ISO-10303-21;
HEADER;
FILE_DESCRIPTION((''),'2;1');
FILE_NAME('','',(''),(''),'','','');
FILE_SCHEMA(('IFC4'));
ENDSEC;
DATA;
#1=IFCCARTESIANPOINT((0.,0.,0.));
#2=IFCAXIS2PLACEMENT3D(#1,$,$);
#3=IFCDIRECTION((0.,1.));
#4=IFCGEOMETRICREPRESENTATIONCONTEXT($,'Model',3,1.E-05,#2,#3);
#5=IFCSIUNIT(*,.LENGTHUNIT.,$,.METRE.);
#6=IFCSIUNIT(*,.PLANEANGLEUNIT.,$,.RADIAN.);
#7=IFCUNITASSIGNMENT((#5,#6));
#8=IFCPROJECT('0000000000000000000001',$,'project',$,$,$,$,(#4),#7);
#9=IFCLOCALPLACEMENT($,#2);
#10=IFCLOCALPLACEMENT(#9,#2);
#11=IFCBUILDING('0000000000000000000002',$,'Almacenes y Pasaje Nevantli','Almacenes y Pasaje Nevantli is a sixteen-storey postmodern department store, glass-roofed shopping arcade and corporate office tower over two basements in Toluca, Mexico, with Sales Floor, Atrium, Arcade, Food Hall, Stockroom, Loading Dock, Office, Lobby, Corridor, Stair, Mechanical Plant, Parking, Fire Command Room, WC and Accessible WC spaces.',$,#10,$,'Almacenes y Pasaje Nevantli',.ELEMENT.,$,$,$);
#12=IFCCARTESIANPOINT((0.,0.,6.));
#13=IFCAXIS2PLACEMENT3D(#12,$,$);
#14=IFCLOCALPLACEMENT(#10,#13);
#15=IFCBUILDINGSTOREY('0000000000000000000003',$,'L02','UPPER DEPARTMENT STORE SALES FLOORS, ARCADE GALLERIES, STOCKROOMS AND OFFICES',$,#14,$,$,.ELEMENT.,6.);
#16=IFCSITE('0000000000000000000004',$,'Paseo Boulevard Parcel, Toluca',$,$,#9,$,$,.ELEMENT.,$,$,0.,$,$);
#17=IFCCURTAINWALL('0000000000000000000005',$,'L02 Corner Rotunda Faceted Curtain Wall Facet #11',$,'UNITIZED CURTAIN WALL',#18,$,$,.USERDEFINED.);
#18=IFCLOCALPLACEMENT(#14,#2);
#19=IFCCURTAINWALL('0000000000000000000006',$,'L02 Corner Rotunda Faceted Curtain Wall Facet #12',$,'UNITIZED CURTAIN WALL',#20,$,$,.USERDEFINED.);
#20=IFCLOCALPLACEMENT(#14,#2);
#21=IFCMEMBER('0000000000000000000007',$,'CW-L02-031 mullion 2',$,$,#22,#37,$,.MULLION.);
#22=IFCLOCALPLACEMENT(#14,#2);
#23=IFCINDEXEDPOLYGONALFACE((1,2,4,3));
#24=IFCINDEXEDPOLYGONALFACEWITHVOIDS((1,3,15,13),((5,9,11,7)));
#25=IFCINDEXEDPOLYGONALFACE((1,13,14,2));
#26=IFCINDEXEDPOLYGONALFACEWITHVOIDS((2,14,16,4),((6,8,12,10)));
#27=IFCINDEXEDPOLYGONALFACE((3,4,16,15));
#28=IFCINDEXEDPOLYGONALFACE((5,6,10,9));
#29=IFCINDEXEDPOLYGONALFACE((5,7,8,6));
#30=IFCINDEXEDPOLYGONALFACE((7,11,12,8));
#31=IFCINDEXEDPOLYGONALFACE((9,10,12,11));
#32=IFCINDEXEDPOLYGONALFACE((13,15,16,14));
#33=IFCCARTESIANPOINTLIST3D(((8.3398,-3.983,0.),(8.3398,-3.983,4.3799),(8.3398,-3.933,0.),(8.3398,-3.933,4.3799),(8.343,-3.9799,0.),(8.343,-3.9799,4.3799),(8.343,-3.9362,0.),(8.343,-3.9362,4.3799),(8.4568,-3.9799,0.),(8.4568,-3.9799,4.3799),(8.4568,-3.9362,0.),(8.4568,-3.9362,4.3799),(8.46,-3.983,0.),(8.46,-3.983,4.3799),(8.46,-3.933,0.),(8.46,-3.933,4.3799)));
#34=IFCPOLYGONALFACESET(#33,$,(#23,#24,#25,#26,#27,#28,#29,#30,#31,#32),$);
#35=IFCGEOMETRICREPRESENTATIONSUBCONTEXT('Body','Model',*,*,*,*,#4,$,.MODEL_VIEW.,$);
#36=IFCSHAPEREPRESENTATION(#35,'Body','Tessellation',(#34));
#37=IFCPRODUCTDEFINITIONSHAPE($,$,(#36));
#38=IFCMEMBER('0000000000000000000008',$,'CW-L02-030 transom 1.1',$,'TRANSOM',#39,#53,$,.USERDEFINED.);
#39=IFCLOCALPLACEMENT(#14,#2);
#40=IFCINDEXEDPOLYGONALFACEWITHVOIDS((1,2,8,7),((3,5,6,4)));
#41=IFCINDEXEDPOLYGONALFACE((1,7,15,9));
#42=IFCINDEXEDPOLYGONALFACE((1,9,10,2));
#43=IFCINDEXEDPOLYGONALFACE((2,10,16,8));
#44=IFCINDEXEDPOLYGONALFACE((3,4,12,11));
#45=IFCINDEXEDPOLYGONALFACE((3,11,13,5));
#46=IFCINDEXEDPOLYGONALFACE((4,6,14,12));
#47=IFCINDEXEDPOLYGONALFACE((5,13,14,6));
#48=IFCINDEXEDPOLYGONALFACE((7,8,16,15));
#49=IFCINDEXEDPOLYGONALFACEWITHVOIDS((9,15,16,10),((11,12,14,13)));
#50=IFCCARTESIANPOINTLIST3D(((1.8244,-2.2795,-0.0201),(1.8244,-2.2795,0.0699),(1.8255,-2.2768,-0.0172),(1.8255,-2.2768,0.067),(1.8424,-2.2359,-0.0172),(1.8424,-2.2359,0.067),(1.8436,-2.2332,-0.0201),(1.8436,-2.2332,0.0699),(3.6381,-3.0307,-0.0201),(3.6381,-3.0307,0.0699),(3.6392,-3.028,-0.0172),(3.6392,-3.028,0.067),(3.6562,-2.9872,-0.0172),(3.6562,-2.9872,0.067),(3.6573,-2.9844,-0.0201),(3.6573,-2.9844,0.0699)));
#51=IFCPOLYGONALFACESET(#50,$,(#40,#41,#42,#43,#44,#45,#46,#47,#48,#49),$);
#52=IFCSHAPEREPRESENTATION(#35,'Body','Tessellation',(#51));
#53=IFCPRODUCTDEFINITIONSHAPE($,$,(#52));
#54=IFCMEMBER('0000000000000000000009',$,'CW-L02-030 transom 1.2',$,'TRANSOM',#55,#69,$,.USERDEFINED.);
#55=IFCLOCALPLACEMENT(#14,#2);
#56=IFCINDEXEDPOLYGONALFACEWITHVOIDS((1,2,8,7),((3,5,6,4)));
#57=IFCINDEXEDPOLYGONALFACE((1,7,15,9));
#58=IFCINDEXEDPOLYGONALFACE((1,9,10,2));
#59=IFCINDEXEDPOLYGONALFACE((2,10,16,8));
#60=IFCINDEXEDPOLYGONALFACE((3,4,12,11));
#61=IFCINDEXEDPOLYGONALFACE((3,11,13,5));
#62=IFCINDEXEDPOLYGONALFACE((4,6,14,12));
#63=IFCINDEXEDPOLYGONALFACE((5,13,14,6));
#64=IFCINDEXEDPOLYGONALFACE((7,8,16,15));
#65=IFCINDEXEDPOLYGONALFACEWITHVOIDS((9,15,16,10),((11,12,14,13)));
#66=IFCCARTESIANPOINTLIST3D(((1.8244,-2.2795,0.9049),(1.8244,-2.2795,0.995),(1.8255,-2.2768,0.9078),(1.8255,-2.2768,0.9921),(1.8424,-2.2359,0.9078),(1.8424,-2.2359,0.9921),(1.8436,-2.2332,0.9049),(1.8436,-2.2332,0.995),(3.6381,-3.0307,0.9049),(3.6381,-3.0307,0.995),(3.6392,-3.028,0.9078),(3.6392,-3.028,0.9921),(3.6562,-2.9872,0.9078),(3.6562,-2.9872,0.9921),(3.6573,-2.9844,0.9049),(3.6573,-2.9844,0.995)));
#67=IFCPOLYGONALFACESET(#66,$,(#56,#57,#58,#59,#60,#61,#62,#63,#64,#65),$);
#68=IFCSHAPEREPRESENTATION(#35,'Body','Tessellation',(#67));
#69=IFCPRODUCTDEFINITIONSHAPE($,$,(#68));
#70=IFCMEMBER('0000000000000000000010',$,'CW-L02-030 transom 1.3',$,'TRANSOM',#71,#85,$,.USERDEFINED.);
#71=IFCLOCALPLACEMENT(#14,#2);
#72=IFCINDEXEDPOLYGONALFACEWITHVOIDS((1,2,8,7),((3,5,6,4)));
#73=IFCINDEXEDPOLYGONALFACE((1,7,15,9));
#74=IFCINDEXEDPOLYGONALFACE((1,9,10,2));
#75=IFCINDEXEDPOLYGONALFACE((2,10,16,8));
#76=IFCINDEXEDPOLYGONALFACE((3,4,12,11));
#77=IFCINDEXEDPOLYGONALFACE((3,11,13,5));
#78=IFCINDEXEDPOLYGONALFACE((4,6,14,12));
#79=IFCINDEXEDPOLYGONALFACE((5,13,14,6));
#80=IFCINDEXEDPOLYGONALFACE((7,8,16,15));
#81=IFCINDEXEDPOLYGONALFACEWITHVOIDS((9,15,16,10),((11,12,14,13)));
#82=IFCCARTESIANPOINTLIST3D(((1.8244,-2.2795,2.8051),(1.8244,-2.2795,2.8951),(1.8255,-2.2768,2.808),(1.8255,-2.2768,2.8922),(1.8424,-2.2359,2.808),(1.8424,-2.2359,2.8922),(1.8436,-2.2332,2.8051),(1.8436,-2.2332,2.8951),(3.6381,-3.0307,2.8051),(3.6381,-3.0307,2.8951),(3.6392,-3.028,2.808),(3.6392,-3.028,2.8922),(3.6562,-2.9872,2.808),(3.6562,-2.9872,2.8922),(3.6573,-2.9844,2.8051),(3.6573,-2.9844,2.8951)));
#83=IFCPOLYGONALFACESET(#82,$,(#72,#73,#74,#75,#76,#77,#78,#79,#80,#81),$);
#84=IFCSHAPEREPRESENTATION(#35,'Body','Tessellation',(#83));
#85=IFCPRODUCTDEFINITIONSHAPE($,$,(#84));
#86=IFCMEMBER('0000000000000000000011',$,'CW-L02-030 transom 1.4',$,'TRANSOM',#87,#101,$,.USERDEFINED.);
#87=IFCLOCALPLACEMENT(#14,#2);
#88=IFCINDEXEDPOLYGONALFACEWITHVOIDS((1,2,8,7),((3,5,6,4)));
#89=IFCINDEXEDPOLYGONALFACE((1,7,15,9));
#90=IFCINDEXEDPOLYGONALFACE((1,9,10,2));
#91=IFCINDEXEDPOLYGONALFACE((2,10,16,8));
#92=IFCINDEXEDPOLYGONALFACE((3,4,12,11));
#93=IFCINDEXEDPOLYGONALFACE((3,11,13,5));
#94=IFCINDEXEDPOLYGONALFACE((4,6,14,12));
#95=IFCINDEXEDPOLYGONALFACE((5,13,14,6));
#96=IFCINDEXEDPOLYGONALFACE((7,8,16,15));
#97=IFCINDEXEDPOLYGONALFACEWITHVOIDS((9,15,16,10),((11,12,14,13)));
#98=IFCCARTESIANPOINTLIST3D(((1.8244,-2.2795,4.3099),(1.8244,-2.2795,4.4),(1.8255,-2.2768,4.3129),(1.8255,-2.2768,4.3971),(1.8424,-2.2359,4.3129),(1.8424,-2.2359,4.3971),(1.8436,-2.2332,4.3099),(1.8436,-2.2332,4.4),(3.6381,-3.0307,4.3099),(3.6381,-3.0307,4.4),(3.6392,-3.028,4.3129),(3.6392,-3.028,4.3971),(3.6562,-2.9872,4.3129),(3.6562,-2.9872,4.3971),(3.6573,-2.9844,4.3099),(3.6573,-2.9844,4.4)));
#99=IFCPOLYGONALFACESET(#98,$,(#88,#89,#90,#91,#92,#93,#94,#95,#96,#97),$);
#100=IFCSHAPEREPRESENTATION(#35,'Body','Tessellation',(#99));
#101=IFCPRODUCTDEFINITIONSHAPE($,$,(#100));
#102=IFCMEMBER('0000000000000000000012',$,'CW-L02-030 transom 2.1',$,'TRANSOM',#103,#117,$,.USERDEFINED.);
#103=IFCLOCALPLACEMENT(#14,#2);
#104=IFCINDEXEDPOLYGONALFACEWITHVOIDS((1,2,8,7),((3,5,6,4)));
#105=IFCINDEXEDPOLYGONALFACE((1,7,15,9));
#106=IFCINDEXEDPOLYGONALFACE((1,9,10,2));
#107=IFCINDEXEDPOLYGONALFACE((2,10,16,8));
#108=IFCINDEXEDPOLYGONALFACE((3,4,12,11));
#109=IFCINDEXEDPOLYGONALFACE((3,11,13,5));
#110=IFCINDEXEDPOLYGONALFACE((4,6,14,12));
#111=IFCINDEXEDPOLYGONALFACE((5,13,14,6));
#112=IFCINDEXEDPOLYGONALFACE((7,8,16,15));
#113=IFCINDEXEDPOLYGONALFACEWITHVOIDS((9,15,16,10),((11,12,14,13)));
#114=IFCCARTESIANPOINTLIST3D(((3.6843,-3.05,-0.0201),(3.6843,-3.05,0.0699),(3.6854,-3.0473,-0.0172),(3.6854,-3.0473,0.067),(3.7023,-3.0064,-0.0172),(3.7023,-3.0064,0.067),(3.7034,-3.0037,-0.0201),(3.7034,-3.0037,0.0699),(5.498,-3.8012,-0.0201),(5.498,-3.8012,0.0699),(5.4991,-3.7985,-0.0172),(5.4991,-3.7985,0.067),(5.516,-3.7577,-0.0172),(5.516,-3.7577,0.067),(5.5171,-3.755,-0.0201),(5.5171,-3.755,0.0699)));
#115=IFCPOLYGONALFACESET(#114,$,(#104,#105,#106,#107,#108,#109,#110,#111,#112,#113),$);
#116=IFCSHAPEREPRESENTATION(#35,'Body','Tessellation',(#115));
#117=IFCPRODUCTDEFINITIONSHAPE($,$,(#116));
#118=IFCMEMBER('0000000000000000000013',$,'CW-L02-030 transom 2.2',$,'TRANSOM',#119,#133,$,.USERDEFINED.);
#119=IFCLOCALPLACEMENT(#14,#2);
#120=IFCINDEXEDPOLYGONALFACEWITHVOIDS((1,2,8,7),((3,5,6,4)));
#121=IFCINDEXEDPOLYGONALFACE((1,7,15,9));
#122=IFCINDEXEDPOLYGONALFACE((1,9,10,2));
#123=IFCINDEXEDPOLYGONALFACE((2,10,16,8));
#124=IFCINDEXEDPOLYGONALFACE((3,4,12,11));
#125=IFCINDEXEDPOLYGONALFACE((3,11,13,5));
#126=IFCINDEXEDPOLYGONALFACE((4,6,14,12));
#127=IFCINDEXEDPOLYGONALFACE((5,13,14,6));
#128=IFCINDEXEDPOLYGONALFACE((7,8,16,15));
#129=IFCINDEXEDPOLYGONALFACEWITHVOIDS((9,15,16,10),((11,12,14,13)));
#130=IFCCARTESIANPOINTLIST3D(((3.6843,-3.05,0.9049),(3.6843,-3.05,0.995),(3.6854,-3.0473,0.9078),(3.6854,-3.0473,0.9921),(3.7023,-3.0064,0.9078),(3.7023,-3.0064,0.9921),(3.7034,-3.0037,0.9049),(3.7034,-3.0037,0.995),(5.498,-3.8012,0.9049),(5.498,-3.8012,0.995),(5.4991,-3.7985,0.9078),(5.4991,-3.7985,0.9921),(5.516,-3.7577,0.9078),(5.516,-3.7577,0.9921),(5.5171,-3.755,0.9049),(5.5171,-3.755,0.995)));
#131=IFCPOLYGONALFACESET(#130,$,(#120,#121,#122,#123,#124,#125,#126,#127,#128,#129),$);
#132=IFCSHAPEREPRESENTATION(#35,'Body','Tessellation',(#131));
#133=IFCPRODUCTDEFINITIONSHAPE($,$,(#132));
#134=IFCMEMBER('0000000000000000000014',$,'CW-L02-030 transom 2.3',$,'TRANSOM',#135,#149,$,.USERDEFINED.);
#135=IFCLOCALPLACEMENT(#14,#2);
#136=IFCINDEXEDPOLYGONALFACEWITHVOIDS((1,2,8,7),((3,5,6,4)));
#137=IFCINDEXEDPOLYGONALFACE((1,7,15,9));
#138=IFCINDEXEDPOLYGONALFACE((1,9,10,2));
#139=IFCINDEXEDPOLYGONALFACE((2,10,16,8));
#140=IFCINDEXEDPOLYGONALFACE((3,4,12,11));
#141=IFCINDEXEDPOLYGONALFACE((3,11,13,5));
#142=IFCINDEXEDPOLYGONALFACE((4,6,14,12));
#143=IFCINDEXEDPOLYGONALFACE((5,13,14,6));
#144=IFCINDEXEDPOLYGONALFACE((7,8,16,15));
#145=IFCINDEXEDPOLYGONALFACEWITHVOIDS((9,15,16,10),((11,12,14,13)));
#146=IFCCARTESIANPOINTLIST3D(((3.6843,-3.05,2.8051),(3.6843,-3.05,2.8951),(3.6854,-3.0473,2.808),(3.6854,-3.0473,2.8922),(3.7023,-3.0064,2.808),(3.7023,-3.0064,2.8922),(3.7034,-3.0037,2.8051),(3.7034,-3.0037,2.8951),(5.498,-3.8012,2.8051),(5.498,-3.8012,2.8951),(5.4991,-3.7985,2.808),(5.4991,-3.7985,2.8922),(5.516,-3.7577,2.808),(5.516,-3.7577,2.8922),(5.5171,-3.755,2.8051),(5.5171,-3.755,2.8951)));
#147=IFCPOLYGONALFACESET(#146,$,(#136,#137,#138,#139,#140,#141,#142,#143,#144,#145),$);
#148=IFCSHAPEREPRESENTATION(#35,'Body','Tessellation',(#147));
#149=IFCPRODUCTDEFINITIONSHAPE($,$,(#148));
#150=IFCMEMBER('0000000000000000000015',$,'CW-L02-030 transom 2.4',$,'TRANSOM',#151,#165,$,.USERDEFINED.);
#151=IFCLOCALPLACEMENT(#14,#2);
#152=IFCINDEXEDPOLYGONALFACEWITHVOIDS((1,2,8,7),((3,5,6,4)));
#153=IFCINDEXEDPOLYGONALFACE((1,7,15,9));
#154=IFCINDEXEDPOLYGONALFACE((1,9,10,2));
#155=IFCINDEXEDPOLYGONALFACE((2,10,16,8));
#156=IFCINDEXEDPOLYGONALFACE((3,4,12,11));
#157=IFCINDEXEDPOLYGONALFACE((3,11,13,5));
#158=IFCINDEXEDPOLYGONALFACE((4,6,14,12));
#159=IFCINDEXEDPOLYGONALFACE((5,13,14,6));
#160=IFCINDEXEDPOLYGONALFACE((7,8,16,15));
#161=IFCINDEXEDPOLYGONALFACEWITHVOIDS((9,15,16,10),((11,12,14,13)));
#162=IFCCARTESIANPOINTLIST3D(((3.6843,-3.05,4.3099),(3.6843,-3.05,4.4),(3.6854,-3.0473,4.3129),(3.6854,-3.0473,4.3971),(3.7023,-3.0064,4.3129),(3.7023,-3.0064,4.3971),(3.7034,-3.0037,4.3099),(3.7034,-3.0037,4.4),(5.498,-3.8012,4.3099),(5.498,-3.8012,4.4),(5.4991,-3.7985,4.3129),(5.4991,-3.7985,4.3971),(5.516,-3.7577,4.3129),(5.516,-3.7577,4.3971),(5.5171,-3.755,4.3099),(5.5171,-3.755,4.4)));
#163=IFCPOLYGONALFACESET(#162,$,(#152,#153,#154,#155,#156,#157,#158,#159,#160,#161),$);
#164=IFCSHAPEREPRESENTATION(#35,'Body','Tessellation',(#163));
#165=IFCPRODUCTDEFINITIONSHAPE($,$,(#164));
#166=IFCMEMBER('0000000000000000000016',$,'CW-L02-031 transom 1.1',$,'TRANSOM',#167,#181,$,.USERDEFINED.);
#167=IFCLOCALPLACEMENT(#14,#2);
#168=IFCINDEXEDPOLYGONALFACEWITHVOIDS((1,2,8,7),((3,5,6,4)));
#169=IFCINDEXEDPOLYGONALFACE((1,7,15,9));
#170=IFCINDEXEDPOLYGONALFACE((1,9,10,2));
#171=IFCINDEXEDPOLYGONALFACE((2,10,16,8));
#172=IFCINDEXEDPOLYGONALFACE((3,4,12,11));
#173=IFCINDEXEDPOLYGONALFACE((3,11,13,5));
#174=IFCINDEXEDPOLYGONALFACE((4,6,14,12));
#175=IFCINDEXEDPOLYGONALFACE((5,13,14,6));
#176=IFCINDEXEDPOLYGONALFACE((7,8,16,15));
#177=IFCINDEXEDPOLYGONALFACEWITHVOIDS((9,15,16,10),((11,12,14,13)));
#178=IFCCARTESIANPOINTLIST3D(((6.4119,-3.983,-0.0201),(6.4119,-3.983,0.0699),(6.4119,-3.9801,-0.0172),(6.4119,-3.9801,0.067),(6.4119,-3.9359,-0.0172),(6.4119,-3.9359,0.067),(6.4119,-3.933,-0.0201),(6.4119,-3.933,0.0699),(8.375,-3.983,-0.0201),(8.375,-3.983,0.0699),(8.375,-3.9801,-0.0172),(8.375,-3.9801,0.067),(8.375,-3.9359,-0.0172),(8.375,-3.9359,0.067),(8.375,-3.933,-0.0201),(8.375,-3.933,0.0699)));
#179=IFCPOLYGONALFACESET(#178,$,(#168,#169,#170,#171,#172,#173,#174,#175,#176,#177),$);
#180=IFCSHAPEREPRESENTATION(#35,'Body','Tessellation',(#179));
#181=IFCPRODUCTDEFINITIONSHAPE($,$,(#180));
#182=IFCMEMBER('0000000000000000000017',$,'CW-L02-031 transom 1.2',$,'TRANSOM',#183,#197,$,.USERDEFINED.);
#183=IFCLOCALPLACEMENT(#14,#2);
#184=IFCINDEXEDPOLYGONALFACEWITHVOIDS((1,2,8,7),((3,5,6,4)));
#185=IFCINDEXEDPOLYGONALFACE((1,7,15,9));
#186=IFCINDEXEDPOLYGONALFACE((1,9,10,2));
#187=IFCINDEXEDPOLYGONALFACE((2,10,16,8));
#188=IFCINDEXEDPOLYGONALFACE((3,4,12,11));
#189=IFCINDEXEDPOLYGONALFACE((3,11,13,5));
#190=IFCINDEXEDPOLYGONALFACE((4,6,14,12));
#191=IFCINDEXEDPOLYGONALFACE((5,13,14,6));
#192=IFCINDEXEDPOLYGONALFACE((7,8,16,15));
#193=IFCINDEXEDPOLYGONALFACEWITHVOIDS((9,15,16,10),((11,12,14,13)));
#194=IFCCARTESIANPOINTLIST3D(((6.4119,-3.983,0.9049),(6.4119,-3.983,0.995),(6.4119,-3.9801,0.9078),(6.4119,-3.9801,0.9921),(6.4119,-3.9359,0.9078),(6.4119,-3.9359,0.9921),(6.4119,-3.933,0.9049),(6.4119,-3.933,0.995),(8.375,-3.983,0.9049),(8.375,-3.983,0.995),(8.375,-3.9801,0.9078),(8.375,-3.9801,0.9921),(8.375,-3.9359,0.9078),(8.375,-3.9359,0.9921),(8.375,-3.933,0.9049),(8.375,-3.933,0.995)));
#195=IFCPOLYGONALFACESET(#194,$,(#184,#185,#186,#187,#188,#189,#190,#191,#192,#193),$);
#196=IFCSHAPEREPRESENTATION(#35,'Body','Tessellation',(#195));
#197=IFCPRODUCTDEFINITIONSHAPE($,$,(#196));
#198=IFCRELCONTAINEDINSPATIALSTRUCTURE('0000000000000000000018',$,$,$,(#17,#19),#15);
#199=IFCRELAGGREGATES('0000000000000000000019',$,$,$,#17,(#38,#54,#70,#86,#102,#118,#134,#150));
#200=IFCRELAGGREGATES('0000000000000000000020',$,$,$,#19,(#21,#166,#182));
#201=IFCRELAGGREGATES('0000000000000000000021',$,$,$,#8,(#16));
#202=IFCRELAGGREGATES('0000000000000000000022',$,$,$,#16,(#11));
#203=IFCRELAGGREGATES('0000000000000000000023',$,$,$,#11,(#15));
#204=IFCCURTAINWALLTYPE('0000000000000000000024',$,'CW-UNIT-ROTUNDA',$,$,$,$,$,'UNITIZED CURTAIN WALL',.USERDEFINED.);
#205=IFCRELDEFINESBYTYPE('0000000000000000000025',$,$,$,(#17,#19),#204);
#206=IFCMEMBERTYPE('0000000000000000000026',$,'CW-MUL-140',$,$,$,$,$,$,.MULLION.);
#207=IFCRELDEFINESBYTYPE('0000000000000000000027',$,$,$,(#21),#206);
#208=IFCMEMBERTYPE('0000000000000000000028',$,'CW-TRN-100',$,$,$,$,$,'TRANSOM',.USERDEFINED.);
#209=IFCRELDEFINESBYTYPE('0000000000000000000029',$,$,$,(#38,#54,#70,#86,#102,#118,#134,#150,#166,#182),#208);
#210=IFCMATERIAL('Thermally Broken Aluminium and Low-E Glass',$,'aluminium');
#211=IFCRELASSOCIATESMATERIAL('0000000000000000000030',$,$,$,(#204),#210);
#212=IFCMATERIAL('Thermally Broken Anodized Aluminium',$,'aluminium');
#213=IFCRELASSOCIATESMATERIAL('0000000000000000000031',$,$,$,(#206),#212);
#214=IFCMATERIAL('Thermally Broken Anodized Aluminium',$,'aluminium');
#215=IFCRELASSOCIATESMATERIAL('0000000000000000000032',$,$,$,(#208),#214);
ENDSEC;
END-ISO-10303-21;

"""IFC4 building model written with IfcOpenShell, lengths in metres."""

from ifc_helpers import new_model, si_unit, direction, frame, origin, origin_2d, place, context, subcontext, project, spatial, hollow_rectangle, extrude, material, material_profile, profile_set, type_object, element, aggregate, save


model = new_model("IFC4")

# Units and contexts
model_context = context("Model", 3, precision=1e-05, world=origin(), true_north=direction((0.0, 1.0)))
body_context = subcontext(model_context, "Body", "Model", "MODEL_VIEW")
ifc_project = project(units=[si_unit("LENGTHUNIT", "METRE"), si_unit("PLANEANGLEUNIT", "RADIAN")], contexts=[model_context])

# Site, building, storey
site_placement = place(None, origin())
site = spatial("IfcSite", under=ifc_project, at=site_placement, Name="Paseo Boulevard Parcel, Toluca", CompositionType="ELEMENT", RefElevation=0.0)
building_placement = place(site_placement, origin())
building = spatial("IfcBuilding", under=site, at=building_placement, Name="Almacenes y Pasaje Nevantli", Description="Almacenes y Pasaje Nevantli is a sixteen-storey postmodern department store, glass-roofed shopping arcade and corporate office tower over two basements in Toluca, Mexico, with Sales Floor, Atrium, Arcade, Food Hall, Stockroom, Loading Dock, Office, Lobby, Corridor, Stair, Mechanical Plant, Parking, Fire Command Room, WC and Accessible WC spaces.", LongName="Almacenes y Pasaje Nevantli", CompositionType="ELEMENT")
storey_placement = place(building_placement, frame((0.0, 0.0, 6.0)))
storey = spatial("IfcBuildingStorey", under=building, at=storey_placement, Name="L02", Description="UPPER DEPARTMENT STORE SALES FLOORS, ARCADE GALLERIES, STOCKROOMS AND OFFICES", CompositionType="ELEMENT", Elevation=6.0)

# Shared definitions
ifc_material_1 = material(Name="Thermally Broken Aluminium and Low-E Glass", Category="aluminium")
curtain_wall_type = type_object("IfcCurtainWallType", Name="CW-UNIT-ROTUNDA", ElementType="UNITIZED CURTAIN WALL", PredefinedType="USERDEFINED", material=ifc_material_1)
ifc_material_2 = material(Name="Thermally Broken Anodized Aluminium", Category="aluminium")
ifc_material_profile_1 = material_profile(ifc_material_2, hollow_rectangle(XDim=0.05, YDim=0.1201, WallThickness=0.0032, at=origin_2d()), Name="ALU-MUL-50x120")
ifc_profile_set_1 = profile_set([ifc_material_profile_1], Name="Thermally Broken Anodized Aluminium")
member_type_1 = type_object("IfcMemberType", Name="CW-MUL-140", PredefinedType="MULLION", material=ifc_profile_set_1)

# Curtain walls, member
curtain_wall_1_placement = place(storey_placement, origin())
curtain_wall_1 = element("IfcCurtainWall", 1, at=curtain_wall_1_placement, inside=storey, type_object=curtain_wall_type, Name="L02 Corner Rotunda Faceted Curtain Wall Facet #11", ObjectType="UNITIZED CURTAIN WALL", PredefinedType="USERDEFINED")
curtain_wall_2_placement = place(storey_placement, origin())
curtain_wall_2 = element("IfcCurtainWall", 2, at=curtain_wall_2_placement, inside=storey, type_object=curtain_wall_type, Name="L02 Corner Rotunda Faceted Curtain Wall Facet #12", ObjectType="UNITIZED CURTAIN WALL", PredefinedType="USERDEFINED")
member_1_placement = place(storey_placement, frame((8.3999, -3.958, 0.0), z_axis=(0.0, 0.0, 1.0), x_axis=(0.0, 1.0, 0.0)))
member_1 = element("IfcMember", 3, at=member_1_placement, type_object=member_type_1, Name="CW-L02-031 mullion 2", PredefinedType="MULLION", context=body_context, shape_type="SweptSolid", body=[
    extrude(hollow_rectangle(XDim=0.05, YDim=0.1201, WallThickness=0.0032, at=origin_2d()), origin(), (0.0, 0.0, 1.0), 4.3799),
])

# Members
ifc_material_3 = material(Name="Thermally Broken Anodized Aluminium", Category="aluminium")
ifc_material_profile_2 = material_profile(ifc_material_3, hollow_rectangle(XDim=0.05, YDim=0.0901, WallThickness=0.0029, at=origin_2d()), Name="ALU-TRN-50x90")
ifc_profile_set_2 = profile_set([ifc_material_profile_2], Name="Thermally Broken Anodized Aluminium")
member_type_2 = type_object("IfcMemberType", Name="CW-TRN-100", ElementType="TRANSOM", PredefinedType="USERDEFINED", material=ifc_profile_set_2)
member_2_placement = place(storey_placement, frame((1.834, -2.2563, 0.0249), z_axis=(0.923888, -0.382663, 0.0), x_axis=(0.382663, 0.923888, 0.0)))
member_2 = element("IfcMember", 4, at=member_2_placement, type_object=member_type_2, Name="CW-L02-030 transom 1.1", ObjectType="TRANSOM", PredefinedType="USERDEFINED", context=body_context, shape_type="SweptSolid", body=[
    extrude(hollow_rectangle(XDim=0.05, YDim=0.0901, WallThickness=0.0029, at=origin_2d()), origin(), (0.0, 0.0, 1.0), 1.9631),
])
member_3_placement = place(storey_placement, frame((1.834, -2.2563, 0.95), z_axis=(0.923888, -0.382663, 0.0), x_axis=(0.382663, 0.923888, 0.0)))
member_3 = element("IfcMember", 5, at=member_3_placement, type_object=member_type_2, Name="CW-L02-030 transom 1.2", ObjectType="TRANSOM", PredefinedType="USERDEFINED", context=body_context, shape_type="SweptSolid", body=[
    extrude(hollow_rectangle(XDim=0.05, YDim=0.0901, WallThickness=0.0029, at=origin_2d()), origin(), (0.0, 0.0, 1.0), 1.9631),
])
member_4_placement = place(storey_placement, frame((1.834, -2.2563, 2.8501), z_axis=(0.923888, -0.382663, 0.0), x_axis=(0.382663, 0.923888, 0.0)))
member_4 = element("IfcMember", 6, at=member_4_placement, type_object=member_type_2, Name="CW-L02-030 transom 1.3", ObjectType="TRANSOM", PredefinedType="USERDEFINED", context=body_context, shape_type="SweptSolid", body=[
    extrude(hollow_rectangle(XDim=0.05, YDim=0.0901, WallThickness=0.0029, at=origin_2d()), origin(), (0.0, 0.0, 1.0), 1.9631),
])
member_5_placement = place(storey_placement, frame((1.834, -2.2563, 4.355), z_axis=(0.923888, -0.382663, 0.0), x_axis=(0.382663, 0.923888, 0.0)))
member_5 = element("IfcMember", 7, at=member_5_placement, type_object=member_type_2, Name="CW-L02-030 transom 1.4", ObjectType="TRANSOM", PredefinedType="USERDEFINED", context=body_context, shape_type="SweptSolid", body=[
    extrude(hollow_rectangle(XDim=0.05, YDim=0.0901, WallThickness=0.0029, at=origin_2d()), origin(), (0.0, 0.0, 1.0), 1.9631),
])
member_6_placement = place(storey_placement, frame((3.6938, -3.0269, 0.0249), z_axis=(0.923888, -0.382663, 0.0), x_axis=(0.382663, 0.923888, 0.0)))
member_6 = element("IfcMember", 8, at=member_6_placement, type_object=member_type_2, Name="CW-L02-030 transom 2.1", ObjectType="TRANSOM", PredefinedType="USERDEFINED", context=body_context, shape_type="SweptSolid", body=[
    extrude(hollow_rectangle(XDim=0.05, YDim=0.0901, WallThickness=0.0029, at=origin_2d()), origin(), (0.0, 0.0, 1.0), 1.9631),
])
member_7_placement = place(storey_placement, frame((3.6938, -3.0269, 0.95), z_axis=(0.923888, -0.382663, 0.0), x_axis=(0.382663, 0.923888, 0.0)))
member_7 = element("IfcMember", 9, at=member_7_placement, type_object=member_type_2, Name="CW-L02-030 transom 2.2", ObjectType="TRANSOM", PredefinedType="USERDEFINED", context=body_context, shape_type="SweptSolid", body=[
    extrude(hollow_rectangle(XDim=0.05, YDim=0.0901, WallThickness=0.0029, at=origin_2d()), origin(), (0.0, 0.0, 1.0), 1.9631),
])
member_8_placement = place(storey_placement, frame((3.6938, -3.0269, 2.8501), z_axis=(0.923888, -0.382663, 0.0), x_axis=(0.382663, 0.923888, 0.0)))
member_8 = element("IfcMember", 10, at=member_8_placement, type_object=member_type_2, Name="CW-L02-030 transom 2.3", ObjectType="TRANSOM", PredefinedType="USERDEFINED", context=body_context, shape_type="SweptSolid", body=[
    extrude(hollow_rectangle(XDim=0.05, YDim=0.0901, WallThickness=0.0029, at=origin_2d()), origin(), (0.0, 0.0, 1.0), 1.9631),
])
member_9_placement = place(storey_placement, frame((3.6938, -3.0269, 4.355), z_axis=(0.923888, -0.382663, 0.0), x_axis=(0.382663, 0.923888, 0.0)))
member_9 = element("IfcMember", 11, at=member_9_placement, type_object=member_type_2, Name="CW-L02-030 transom 2.4", ObjectType="TRANSOM", PredefinedType="USERDEFINED", context=body_context, shape_type="SweptSolid", body=[
    extrude(hollow_rectangle(XDim=0.05, YDim=0.0901, WallThickness=0.0029, at=origin_2d()), origin(), (0.0, 0.0, 1.0), 1.9631),
])
member_10_placement = place(storey_placement, frame((6.4119, -3.958, 0.0249), z_axis=(1.0, 0.0, 0.0), x_axis=(0.0, 1.0, 0.0)))
member_10 = element("IfcMember", 12, at=member_10_placement, type_object=member_type_2, Name="CW-L02-031 transom 1.1", ObjectType="TRANSOM", PredefinedType="USERDEFINED", context=body_context, shape_type="SweptSolid", body=[
    extrude(hollow_rectangle(XDim=0.05, YDim=0.0901, WallThickness=0.0029, at=origin_2d()), origin(), (0.0, 0.0, 1.0), 1.9631),
])
member_11_placement = place(storey_placement, frame((6.4119, -3.958, 0.95), z_axis=(1.0, 0.0, 0.0), x_axis=(0.0, 1.0, 0.0)))
member_11 = element("IfcMember", 13, at=member_11_placement, type_object=member_type_2, Name="CW-L02-031 transom 1.2", ObjectType="TRANSOM", PredefinedType="USERDEFINED", context=body_context, shape_type="SweptSolid", body=[
    extrude(hollow_rectangle(XDim=0.05, YDim=0.0901, WallThickness=0.0029, at=origin_2d()), origin(), (0.0, 0.0, 1.0), 1.9631),
])

aggregate(curtain_wall_1, [member_2, member_3, member_4, member_5, member_6, member_7, member_8, member_9])
aggregate(curtain_wall_2, [member_1, member_10, member_11])

save(model, "model.ifc")
